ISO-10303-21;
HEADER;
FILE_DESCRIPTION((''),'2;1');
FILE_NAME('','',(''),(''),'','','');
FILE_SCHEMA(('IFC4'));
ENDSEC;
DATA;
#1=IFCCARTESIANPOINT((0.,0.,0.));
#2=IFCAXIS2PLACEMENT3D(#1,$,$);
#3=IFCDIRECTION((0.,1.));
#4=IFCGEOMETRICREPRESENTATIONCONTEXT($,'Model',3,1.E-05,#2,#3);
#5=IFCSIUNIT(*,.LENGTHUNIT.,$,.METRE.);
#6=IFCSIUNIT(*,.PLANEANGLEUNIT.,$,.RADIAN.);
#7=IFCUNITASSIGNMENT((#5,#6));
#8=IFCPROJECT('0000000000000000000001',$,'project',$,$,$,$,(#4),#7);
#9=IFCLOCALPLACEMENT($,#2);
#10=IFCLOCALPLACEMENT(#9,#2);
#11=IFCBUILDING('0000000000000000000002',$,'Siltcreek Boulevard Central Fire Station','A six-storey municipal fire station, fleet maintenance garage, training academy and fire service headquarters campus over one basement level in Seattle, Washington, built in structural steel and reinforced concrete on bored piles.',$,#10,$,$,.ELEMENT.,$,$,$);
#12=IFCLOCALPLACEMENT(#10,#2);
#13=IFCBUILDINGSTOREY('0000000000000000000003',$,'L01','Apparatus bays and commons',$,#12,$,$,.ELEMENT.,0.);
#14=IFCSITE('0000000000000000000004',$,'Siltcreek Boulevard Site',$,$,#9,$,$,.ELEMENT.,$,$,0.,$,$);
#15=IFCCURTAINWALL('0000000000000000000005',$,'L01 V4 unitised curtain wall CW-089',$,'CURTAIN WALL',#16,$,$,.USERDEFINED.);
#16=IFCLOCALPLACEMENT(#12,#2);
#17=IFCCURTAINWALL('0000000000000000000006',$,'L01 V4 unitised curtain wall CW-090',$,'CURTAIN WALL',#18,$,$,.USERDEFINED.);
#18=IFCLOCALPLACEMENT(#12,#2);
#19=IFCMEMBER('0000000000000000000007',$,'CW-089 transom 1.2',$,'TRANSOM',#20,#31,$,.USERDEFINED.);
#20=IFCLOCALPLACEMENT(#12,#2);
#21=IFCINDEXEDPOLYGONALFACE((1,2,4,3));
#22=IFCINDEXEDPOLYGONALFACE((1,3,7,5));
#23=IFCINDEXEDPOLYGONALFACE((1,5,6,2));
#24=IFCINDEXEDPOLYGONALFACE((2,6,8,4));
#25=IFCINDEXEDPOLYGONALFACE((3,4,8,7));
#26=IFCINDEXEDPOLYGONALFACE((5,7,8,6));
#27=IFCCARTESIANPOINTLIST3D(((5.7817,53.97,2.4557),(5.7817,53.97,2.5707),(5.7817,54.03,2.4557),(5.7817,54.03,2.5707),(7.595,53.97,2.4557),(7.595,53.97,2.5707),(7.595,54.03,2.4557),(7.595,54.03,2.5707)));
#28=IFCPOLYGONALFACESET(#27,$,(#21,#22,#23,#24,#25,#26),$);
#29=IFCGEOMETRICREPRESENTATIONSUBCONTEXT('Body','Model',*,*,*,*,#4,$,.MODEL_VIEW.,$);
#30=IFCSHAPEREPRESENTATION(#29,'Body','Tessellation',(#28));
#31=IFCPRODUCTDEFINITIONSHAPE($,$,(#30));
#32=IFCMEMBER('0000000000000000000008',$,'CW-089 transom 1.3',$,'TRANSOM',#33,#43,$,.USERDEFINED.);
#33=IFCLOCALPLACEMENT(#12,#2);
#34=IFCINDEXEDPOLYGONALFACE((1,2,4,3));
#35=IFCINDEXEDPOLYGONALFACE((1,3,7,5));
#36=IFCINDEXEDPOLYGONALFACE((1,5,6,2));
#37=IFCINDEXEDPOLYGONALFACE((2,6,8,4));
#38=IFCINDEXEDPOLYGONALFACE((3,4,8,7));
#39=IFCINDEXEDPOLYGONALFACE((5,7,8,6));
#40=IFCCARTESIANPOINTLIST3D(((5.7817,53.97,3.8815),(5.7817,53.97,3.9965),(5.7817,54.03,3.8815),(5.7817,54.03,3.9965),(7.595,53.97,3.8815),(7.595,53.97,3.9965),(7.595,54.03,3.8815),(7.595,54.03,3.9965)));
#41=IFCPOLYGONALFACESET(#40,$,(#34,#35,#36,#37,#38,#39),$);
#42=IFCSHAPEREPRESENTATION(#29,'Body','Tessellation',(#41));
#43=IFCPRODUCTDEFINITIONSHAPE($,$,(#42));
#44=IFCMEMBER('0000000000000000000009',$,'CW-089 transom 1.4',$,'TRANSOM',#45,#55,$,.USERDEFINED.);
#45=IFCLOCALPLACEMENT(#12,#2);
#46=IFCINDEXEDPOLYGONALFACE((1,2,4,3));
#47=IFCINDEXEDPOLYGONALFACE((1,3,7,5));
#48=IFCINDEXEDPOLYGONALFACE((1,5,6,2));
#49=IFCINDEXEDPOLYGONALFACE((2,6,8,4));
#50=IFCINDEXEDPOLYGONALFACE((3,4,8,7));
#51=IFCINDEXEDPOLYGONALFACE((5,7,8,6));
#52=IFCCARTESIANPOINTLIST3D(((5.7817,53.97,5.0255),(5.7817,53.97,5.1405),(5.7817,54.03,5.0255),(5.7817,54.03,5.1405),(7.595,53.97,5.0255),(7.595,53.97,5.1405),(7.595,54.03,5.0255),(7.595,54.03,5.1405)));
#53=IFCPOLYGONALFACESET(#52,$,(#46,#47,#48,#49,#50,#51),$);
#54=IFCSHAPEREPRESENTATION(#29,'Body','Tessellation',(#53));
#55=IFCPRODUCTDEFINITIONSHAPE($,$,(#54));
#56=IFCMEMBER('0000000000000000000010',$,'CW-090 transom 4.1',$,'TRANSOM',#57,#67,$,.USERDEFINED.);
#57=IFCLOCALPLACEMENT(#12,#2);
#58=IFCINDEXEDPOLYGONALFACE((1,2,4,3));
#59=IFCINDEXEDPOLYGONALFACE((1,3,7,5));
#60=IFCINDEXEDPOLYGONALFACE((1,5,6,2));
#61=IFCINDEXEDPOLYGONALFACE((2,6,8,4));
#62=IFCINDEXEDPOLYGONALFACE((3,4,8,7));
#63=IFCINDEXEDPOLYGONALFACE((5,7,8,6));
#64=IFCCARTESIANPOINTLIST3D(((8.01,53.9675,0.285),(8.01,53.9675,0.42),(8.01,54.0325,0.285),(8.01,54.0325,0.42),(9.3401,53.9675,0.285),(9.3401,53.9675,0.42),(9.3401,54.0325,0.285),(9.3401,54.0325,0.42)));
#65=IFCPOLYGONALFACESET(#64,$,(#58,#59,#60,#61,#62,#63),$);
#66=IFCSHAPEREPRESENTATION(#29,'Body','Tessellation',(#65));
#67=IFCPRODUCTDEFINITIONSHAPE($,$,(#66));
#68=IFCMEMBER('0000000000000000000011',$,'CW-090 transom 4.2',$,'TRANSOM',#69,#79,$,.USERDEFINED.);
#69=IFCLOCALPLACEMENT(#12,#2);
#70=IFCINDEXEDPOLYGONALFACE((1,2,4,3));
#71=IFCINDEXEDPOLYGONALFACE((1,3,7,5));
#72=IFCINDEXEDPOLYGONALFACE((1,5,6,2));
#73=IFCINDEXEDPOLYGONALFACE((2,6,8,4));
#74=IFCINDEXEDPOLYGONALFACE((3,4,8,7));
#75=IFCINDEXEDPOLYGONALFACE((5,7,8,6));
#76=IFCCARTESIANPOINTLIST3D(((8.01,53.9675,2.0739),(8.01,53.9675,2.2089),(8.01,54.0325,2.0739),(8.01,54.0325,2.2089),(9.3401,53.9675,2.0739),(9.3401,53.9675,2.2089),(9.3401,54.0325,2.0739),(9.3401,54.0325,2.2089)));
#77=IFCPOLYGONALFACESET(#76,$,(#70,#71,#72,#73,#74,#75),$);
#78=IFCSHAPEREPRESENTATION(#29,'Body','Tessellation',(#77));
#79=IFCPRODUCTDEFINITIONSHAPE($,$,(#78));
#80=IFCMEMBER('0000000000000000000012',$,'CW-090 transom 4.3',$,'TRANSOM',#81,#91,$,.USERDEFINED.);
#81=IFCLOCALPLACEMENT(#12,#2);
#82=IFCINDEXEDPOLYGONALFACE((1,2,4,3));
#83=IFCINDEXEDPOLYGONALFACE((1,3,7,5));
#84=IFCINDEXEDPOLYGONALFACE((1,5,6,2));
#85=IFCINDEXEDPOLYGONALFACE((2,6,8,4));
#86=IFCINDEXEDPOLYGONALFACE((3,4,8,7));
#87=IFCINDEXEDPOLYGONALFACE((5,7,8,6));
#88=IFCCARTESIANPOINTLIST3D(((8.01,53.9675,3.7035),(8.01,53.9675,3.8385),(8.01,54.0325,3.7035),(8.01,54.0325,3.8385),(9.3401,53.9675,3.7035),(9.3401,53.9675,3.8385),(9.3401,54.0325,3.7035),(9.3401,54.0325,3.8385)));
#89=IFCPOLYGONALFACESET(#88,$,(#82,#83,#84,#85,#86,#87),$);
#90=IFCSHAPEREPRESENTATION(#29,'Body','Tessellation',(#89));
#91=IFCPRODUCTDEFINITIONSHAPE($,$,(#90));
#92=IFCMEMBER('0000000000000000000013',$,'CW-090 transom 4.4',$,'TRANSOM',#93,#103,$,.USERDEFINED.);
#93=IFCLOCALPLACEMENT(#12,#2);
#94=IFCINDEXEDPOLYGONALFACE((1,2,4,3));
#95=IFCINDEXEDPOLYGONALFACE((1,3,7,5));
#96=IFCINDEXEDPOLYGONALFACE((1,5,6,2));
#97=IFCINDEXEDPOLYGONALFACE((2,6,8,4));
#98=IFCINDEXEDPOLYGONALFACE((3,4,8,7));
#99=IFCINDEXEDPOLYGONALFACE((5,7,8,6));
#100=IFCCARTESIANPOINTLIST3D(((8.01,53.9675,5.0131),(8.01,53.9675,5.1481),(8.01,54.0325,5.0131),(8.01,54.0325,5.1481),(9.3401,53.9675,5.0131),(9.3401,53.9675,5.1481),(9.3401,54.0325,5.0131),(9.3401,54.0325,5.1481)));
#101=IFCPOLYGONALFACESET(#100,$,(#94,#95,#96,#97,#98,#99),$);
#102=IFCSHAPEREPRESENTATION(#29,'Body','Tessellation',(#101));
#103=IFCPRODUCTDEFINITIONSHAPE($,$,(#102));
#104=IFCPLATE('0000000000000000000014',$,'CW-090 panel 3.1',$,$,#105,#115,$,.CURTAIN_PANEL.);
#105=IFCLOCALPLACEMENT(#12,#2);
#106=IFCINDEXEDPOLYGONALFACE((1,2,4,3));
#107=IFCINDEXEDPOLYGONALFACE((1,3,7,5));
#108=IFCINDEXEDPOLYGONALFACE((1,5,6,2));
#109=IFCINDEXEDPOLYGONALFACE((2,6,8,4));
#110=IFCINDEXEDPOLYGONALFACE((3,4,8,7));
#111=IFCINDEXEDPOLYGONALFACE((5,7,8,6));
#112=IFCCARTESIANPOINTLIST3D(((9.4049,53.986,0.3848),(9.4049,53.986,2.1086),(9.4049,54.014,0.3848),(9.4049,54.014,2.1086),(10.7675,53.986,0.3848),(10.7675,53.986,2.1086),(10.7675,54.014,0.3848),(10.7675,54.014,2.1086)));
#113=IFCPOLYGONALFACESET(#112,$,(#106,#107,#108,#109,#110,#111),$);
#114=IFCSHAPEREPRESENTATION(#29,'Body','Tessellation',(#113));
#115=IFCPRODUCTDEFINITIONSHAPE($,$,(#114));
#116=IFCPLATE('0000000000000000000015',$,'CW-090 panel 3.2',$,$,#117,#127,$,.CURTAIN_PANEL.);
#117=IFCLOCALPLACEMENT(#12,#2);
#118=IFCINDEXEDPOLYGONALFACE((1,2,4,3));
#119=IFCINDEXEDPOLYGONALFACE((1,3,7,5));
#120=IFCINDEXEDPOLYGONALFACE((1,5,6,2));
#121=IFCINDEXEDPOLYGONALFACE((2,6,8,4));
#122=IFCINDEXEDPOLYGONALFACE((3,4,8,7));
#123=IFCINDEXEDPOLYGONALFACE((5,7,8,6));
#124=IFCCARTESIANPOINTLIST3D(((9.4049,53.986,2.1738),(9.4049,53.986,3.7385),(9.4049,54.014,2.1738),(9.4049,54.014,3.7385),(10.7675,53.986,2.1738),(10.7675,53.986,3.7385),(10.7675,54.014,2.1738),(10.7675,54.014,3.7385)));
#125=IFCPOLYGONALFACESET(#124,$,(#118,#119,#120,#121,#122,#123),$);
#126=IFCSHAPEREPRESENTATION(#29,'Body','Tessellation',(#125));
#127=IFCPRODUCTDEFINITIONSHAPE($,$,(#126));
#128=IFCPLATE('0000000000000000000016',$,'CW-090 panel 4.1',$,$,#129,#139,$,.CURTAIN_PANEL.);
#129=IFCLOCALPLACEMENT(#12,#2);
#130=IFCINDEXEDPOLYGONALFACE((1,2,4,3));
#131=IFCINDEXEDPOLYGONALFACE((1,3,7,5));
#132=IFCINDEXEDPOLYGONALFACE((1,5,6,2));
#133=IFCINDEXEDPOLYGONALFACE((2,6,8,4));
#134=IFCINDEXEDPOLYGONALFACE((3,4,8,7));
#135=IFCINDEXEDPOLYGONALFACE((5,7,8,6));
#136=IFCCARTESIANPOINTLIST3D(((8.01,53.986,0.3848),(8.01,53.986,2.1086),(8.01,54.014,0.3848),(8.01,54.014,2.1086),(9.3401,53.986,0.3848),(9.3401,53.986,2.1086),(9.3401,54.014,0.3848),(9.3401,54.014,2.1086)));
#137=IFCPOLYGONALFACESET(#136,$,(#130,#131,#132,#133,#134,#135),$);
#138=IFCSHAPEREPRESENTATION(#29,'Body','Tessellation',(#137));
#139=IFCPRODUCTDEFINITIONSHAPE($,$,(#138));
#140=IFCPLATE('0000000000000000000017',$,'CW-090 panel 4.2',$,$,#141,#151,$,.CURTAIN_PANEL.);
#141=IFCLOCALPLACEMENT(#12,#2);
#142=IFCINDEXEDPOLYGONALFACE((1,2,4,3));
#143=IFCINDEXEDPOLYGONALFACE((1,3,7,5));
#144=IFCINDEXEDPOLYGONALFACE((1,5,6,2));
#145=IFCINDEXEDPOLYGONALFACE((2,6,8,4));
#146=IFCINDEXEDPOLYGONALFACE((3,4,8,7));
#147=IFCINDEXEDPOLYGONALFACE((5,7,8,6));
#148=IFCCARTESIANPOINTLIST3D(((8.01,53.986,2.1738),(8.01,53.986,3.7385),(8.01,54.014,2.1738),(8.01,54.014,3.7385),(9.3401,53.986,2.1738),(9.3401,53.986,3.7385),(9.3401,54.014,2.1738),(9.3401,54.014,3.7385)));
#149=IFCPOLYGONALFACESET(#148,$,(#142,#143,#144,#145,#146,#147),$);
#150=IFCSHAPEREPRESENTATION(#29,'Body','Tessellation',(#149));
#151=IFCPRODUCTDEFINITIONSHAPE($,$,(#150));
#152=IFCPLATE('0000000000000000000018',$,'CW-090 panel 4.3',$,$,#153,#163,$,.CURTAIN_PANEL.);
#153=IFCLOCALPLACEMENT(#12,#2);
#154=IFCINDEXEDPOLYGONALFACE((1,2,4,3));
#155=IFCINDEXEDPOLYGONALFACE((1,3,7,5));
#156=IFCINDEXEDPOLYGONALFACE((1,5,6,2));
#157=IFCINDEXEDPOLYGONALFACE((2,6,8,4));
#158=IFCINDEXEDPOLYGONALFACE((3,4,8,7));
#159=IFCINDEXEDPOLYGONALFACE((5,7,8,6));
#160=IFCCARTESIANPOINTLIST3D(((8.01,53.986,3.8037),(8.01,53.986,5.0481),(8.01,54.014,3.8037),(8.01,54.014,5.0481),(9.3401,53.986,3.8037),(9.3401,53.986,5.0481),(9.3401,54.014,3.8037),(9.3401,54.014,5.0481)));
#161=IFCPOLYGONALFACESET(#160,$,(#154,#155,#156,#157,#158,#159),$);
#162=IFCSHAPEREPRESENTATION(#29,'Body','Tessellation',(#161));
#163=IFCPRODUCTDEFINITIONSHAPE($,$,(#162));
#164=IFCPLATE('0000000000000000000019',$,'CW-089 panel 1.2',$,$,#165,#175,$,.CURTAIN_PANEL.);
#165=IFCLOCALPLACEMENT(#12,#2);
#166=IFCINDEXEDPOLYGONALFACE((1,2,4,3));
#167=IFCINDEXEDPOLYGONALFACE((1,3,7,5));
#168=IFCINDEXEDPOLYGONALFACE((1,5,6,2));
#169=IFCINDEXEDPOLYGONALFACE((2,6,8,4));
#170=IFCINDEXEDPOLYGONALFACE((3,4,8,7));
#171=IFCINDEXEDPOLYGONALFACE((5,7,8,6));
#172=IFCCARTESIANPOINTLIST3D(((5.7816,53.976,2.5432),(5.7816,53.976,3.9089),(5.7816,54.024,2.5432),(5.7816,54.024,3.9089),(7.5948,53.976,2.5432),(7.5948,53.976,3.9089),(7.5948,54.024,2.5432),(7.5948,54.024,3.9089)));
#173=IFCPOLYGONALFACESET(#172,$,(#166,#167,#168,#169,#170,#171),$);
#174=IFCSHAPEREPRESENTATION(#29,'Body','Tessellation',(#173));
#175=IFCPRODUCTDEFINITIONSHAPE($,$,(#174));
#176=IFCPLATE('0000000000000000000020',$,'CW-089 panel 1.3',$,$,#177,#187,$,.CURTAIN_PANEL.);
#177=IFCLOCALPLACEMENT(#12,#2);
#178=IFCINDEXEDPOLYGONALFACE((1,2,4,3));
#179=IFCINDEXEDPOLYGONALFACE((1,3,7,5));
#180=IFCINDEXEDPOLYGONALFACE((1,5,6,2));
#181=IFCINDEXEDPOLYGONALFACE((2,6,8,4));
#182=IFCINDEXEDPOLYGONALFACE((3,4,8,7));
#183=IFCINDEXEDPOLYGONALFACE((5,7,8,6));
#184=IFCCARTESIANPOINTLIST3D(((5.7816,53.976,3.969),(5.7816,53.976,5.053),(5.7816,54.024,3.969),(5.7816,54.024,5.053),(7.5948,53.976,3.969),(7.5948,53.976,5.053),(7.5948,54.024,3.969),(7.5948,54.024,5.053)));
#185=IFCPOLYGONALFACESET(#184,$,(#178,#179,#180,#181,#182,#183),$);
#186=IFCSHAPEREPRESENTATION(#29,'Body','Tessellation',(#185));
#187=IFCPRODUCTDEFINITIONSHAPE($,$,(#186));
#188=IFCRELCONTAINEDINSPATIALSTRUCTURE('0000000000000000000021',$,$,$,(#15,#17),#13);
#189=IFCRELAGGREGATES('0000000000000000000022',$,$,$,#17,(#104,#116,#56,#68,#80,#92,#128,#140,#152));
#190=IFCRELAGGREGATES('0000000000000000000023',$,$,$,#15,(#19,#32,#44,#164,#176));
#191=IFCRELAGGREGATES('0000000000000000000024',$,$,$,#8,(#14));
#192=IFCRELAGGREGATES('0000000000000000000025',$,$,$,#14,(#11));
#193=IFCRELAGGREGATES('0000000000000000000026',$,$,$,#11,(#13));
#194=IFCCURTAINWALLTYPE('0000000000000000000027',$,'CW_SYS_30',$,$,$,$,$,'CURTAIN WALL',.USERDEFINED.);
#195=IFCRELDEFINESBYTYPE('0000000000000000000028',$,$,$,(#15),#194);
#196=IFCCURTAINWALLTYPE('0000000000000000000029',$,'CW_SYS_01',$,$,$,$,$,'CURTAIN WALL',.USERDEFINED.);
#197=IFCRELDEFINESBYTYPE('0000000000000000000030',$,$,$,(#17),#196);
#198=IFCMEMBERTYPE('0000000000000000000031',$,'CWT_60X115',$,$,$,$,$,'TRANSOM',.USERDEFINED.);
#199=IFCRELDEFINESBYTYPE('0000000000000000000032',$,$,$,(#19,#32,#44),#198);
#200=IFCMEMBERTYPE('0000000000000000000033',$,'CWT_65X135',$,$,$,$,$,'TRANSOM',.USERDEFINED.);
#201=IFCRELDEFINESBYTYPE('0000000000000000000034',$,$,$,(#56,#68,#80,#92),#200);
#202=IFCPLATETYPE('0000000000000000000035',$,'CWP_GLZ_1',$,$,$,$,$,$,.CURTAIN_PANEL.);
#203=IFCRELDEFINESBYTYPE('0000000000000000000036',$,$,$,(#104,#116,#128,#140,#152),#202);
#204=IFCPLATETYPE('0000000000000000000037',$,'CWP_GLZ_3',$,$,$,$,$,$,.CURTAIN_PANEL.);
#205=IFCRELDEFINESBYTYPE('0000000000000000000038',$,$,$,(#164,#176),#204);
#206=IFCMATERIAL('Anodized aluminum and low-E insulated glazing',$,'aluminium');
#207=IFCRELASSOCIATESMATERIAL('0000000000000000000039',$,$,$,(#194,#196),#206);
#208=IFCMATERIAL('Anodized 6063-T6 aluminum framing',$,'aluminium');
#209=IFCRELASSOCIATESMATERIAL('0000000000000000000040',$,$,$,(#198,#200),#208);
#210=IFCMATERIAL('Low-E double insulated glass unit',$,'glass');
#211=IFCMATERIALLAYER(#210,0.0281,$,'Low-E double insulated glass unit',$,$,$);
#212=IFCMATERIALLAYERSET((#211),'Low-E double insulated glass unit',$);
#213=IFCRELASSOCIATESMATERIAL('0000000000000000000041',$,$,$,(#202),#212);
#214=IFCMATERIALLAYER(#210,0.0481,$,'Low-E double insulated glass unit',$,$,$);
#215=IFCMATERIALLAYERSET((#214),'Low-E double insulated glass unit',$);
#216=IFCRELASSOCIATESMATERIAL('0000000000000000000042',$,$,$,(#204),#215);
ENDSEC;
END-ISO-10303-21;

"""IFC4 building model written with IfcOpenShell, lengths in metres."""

from ifc_helpers import new_model, si_unit, direction, frame, origin, origin_2d, place, context, subcontext, project, spatial, rectangle, extrude, material, layer, layer_set, material_profile, profile_set, type_object, element, aggregate, save


model = new_model("IFC4")

# Units and contexts
model_context = context("Model", 3, precision=1e-05, world=origin(), true_north=direction((0.0, 1.0)))
body_context = subcontext(model_context, "Body", "Model", "MODEL_VIEW")
ifc_project = project(units=[si_unit("LENGTHUNIT", "METRE"), si_unit("PLANEANGLEUNIT", "RADIAN")], contexts=[model_context])

# Site, building, storey
site_placement = place(None, origin())
site = spatial("IfcSite", under=ifc_project, at=site_placement, Name="Siltcreek Boulevard Site", CompositionType="ELEMENT", RefElevation=0.0)
building_placement = place(site_placement, origin())
building = spatial("IfcBuilding", under=site, at=building_placement, Name="Siltcreek Boulevard Central Fire Station", Description="A six-storey municipal fire station, fleet maintenance garage, training academy and fire service headquarters campus over one basement level in Seattle, Washington, built in structural steel and reinforced concrete on bored piles.", CompositionType="ELEMENT")
storey_placement = place(building_placement, origin())
storey = spatial("IfcBuildingStorey", under=building, at=storey_placement, Name="L01", Description="Apparatus bays and commons", CompositionType="ELEMENT", Elevation=0.0)

# Curtain wall
ifc_material_1 = material(Name="Anodized aluminum and low-E insulated glazing", Category="aluminium")
curtain_wall_type_1 = type_object("IfcCurtainWallType", Name="CW_SYS_30", ElementType="CURTAIN WALL", PredefinedType="USERDEFINED", material=ifc_material_1)
curtain_wall_1_placement = place(storey_placement, origin())
curtain_wall_1 = element("IfcCurtainWall", 1, at=curtain_wall_1_placement, inside=storey, type_object=curtain_wall_type_1, Name="L01 V4 unitised curtain wall CW-089", ObjectType="CURTAIN WALL", PredefinedType="USERDEFINED")
ifc_material_2 = material(Name="Anodized 6063-T6 aluminum framing", Category="aluminium")

# Curtain wall
curtain_wall_type_2 = type_object("IfcCurtainWallType", Name="CW_SYS_01", ElementType="CURTAIN WALL", PredefinedType="USERDEFINED", material=ifc_material_1)
curtain_wall_2_placement = place(storey_placement, origin())
curtain_wall_2 = element("IfcCurtainWall", 2, at=curtain_wall_2_placement, inside=storey, type_object=curtain_wall_type_2, Name="L01 V4 unitised curtain wall CW-090", ObjectType="CURTAIN WALL", PredefinedType="USERDEFINED")

# Members
ifc_material_profile_1 = material_profile(ifc_material_2, rectangle(XDim=0.0601, YDim=0.115, at=origin_2d()), Name="TRAN60X115")
ifc_profile_set_1 = profile_set([ifc_material_profile_1], Name="Anodized 6063-T6 aluminum framing")
member_type_1 = type_object("IfcMemberType", Name="CWT_60X115", ElementType="TRANSOM", PredefinedType="USERDEFINED", material=ifc_profile_set_1)
member_1_placement = place(storey_placement, frame((7.595, 54.0, 2.5132), z_axis=(-1.0, 0.0, 0.0), x_axis=(0.0, -1.0, 0.0)))
member_1 = element("IfcMember", 3, at=member_1_placement, type_object=member_type_1, Name="CW-089 transom 1.2", ObjectType="TRANSOM", PredefinedType="USERDEFINED", context=body_context, shape_type="SweptSolid", body=[
    extrude(rectangle(XDim=0.0601, YDim=0.115, at=origin_2d()), origin(), (0.0, 0.0, 1.0), 1.8132),
])
member_2_placement = place(storey_placement, frame((7.595, 54.0, 3.939), z_axis=(-1.0, 0.0, 0.0), x_axis=(0.0, -1.0, 0.0)))
member_2 = element("IfcMember", 4, at=member_2_placement, type_object=member_type_1, Name="CW-089 transom 1.3", ObjectType="TRANSOM", PredefinedType="USERDEFINED", context=body_context, shape_type="SweptSolid", body=[
    extrude(rectangle(XDim=0.0601, YDim=0.115, at=origin_2d()), origin(), (0.0, 0.0, 1.0), 1.8132),
])
member_3_placement = place(storey_placement, frame((7.595, 54.0, 5.083), z_axis=(-1.0, 0.0, 0.0), x_axis=(0.0, -1.0, 0.0)))
member_3 = element("IfcMember", 5, at=member_3_placement, type_object=member_type_1, Name="CW-089 transom 1.4", ObjectType="TRANSOM", PredefinedType="USERDEFINED", context=body_context, shape_type="SweptSolid", body=[
    extrude(rectangle(XDim=0.0601, YDim=0.115, at=origin_2d()), origin(), (0.0, 0.0, 1.0), 1.8132),
])
ifc_material_profile_2 = material_profile(ifc_material_2, rectangle(XDim=0.0649, YDim=0.135, at=origin_2d()), Name="TRAN65X135")
ifc_profile_set_2 = profile_set([ifc_material_profile_2], Name="Anodized 6063-T6 aluminum framing")
member_type_2 = type_object("IfcMemberType", Name="CWT_65X135", ElementType="TRANSOM", PredefinedType="USERDEFINED", material=ifc_profile_set_2)
member_4_placement = place(storey_placement, frame((9.3401, 54.0, 0.3525), z_axis=(-1.0, 0.0, 0.0), x_axis=(0.0, -1.0, 0.0)))
member_4 = element("IfcMember", 6, at=member_4_placement, type_object=member_type_2, Name="CW-090 transom 4.1", ObjectType="TRANSOM", PredefinedType="USERDEFINED", context=body_context, shape_type="SweptSolid", body=[
    extrude(rectangle(XDim=0.0649, YDim=0.135, at=origin_2d()), origin(), (0.0, 0.0, 1.0), 1.3301),
])
member_5_placement = place(storey_placement, frame((9.3401, 54.0, 2.1414), z_axis=(-1.0, 0.0, 0.0), x_axis=(0.0, -1.0, 0.0)))
member_5 = element("IfcMember", 7, at=member_5_placement, type_object=member_type_2, Name="CW-090 transom 4.2", ObjectType="TRANSOM", PredefinedType="USERDEFINED", context=body_context, shape_type="SweptSolid", body=[
    extrude(rectangle(XDim=0.0649, YDim=0.135, at=origin_2d()), origin(), (0.0, 0.0, 1.0), 1.3301),
])
member_6_placement = place(storey_placement, frame((9.3401, 54.0, 3.771), z_axis=(-1.0, 0.0, 0.0), x_axis=(0.0, -1.0, 0.0)))
member_6 = element("IfcMember", 8, at=member_6_placement, type_object=member_type_2, Name="CW-090 transom 4.3", ObjectType="TRANSOM", PredefinedType="USERDEFINED", context=body_context, shape_type="SweptSolid", body=[
    extrude(rectangle(XDim=0.0649, YDim=0.135, at=origin_2d()), origin(), (0.0, 0.0, 1.0), 1.3301),
])
member_7_placement = place(storey_placement, frame((9.3401, 54.0, 5.0806), z_axis=(-1.0, 0.0, 0.0), x_axis=(0.0, -1.0, 0.0)))
member_7 = element("IfcMember", 9, at=member_7_placement, type_object=member_type_2, Name="CW-090 transom 4.4", ObjectType="TRANSOM", PredefinedType="USERDEFINED", context=body_context, shape_type="SweptSolid", body=[
    extrude(rectangle(XDim=0.0649, YDim=0.135, at=origin_2d()), origin(), (0.0, 0.0, 1.0), 1.3301),
])

# Plates
ifc_material_3 = material(Name="Low-E double insulated glass unit", Category="glass")
ifc_layer_1 = layer(ifc_material_3, 0.0281, Name="Low-E double insulated glass unit")
ifc_layer_set_1 = layer_set([ifc_layer_1], Name="Low-E double insulated glass unit")
plate_type_1 = type_object("IfcPlateType", Name="CWP_GLZ_1", PredefinedType="CURTAIN_PANEL", material=ifc_layer_set_1)
plate_1_placement = place(storey_placement, frame((10.0862, 54.0, 0.3848), z_axis=(0.0, 0.0, 1.0), x_axis=(-1.0, 0.0, 0.0)))
plate_1 = element("IfcPlate", 10, at=plate_1_placement, type_object=plate_type_1, Name="CW-090 panel 3.1", PredefinedType="CURTAIN_PANEL", context=body_context, shape_type="SweptSolid", body=[
    extrude(rectangle(XDim=1.3625, YDim=0.0281, at=origin_2d()), origin(), (0.0, 0.0, 1.0), 1.7239),
])
plate_2_placement = place(storey_placement, frame((10.0862, 54.0, 2.1738), z_axis=(0.0, 0.0, 1.0), x_axis=(-1.0, 0.0, 0.0)))
plate_2 = element("IfcPlate", 11, at=plate_2_placement, type_object=plate_type_1, Name="CW-090 panel 3.2", PredefinedType="CURTAIN_PANEL", context=body_context, shape_type="SweptSolid", body=[
    extrude(rectangle(XDim=1.3625, YDim=0.0281, at=origin_2d()), origin(), (0.0, 0.0, 1.0), 1.5647),
])
plate_3_placement = place(storey_placement, frame((8.675, 54.0, 0.3848), z_axis=(0.0, 0.0, 1.0), x_axis=(-1.0, 0.0, 0.0)))
plate_3 = element("IfcPlate", 12, at=plate_3_placement, type_object=plate_type_1, Name="CW-090 panel 4.1", PredefinedType="CURTAIN_PANEL", context=body_context, shape_type="SweptSolid", body=[
    extrude(rectangle(XDim=1.3301, YDim=0.0281, at=origin_2d()), origin(), (0.0, 0.0, 1.0), 1.7239),
])
plate_4_placement = place(storey_placement, frame((8.675, 54.0, 2.1738), z_axis=(0.0, 0.0, 1.0), x_axis=(-1.0, 0.0, 0.0)))
plate_4 = element("IfcPlate", 13, at=plate_4_placement, type_object=plate_type_1, Name="CW-090 panel 4.2", PredefinedType="CURTAIN_PANEL", context=body_context, shape_type="SweptSolid", body=[
    extrude(rectangle(XDim=1.3301, YDim=0.0281, at=origin_2d()), origin(), (0.0, 0.0, 1.0), 1.5647),
])
plate_5_placement = place(storey_placement, frame((8.675, 54.0, 3.8037), z_axis=(0.0, 0.0, 1.0), x_axis=(-1.0, 0.0, 0.0)))
plate_5 = element("IfcPlate", 14, at=plate_5_placement, type_object=plate_type_1, Name="CW-090 panel 4.3", PredefinedType="CURTAIN_PANEL", context=body_context, shape_type="SweptSolid", body=[
    extrude(rectangle(XDim=1.3301, YDim=0.0281, at=origin_2d()), origin(), (0.0, 0.0, 1.0), 1.2444),
])
aggregate(curtain_wall_2, [plate_1, plate_2, member_4, member_5, member_6, member_7, plate_3, plate_4, plate_5])
ifc_layer_2 = layer(ifc_material_3, 0.0481, Name="Low-E double insulated glass unit")
ifc_layer_set_2 = layer_set([ifc_layer_2], Name="Low-E double insulated glass unit")
plate_type_2 = type_object("IfcPlateType", Name="CWP_GLZ_3", PredefinedType="CURTAIN_PANEL", material=ifc_layer_set_2)
plate_6_placement = place(storey_placement, frame((6.6882, 54.0, 2.5432), z_axis=(0.0, 0.0, 1.0), x_axis=(-1.0, 0.0, 0.0)))
plate_6 = element("IfcPlate", 15, at=plate_6_placement, type_object=plate_type_2, Name="CW-089 panel 1.2", PredefinedType="CURTAIN_PANEL", context=body_context, shape_type="SweptSolid", body=[
    extrude(rectangle(XDim=1.8132, YDim=0.0481, at=origin_2d()), origin(), (0.0, 0.0, 1.0), 1.3657),
])
plate_7_placement = place(storey_placement, frame((6.6882, 54.0, 3.969), z_axis=(0.0, 0.0, 1.0), x_axis=(-1.0, 0.0, 0.0)))
plate_7 = element("IfcPlate", 16, at=plate_7_placement, type_object=plate_type_2, Name="CW-089 panel 1.3", PredefinedType="CURTAIN_PANEL", context=body_context, shape_type="SweptSolid", body=[
    extrude(rectangle(XDim=1.8132, YDim=0.0481, at=origin_2d()), origin(), (0.0, 0.0, 1.0), 1.084),
])
aggregate(curtain_wall_1, [member_1, member_2, member_3, plate_6, plate_7])

save(model, "model.ifc")
